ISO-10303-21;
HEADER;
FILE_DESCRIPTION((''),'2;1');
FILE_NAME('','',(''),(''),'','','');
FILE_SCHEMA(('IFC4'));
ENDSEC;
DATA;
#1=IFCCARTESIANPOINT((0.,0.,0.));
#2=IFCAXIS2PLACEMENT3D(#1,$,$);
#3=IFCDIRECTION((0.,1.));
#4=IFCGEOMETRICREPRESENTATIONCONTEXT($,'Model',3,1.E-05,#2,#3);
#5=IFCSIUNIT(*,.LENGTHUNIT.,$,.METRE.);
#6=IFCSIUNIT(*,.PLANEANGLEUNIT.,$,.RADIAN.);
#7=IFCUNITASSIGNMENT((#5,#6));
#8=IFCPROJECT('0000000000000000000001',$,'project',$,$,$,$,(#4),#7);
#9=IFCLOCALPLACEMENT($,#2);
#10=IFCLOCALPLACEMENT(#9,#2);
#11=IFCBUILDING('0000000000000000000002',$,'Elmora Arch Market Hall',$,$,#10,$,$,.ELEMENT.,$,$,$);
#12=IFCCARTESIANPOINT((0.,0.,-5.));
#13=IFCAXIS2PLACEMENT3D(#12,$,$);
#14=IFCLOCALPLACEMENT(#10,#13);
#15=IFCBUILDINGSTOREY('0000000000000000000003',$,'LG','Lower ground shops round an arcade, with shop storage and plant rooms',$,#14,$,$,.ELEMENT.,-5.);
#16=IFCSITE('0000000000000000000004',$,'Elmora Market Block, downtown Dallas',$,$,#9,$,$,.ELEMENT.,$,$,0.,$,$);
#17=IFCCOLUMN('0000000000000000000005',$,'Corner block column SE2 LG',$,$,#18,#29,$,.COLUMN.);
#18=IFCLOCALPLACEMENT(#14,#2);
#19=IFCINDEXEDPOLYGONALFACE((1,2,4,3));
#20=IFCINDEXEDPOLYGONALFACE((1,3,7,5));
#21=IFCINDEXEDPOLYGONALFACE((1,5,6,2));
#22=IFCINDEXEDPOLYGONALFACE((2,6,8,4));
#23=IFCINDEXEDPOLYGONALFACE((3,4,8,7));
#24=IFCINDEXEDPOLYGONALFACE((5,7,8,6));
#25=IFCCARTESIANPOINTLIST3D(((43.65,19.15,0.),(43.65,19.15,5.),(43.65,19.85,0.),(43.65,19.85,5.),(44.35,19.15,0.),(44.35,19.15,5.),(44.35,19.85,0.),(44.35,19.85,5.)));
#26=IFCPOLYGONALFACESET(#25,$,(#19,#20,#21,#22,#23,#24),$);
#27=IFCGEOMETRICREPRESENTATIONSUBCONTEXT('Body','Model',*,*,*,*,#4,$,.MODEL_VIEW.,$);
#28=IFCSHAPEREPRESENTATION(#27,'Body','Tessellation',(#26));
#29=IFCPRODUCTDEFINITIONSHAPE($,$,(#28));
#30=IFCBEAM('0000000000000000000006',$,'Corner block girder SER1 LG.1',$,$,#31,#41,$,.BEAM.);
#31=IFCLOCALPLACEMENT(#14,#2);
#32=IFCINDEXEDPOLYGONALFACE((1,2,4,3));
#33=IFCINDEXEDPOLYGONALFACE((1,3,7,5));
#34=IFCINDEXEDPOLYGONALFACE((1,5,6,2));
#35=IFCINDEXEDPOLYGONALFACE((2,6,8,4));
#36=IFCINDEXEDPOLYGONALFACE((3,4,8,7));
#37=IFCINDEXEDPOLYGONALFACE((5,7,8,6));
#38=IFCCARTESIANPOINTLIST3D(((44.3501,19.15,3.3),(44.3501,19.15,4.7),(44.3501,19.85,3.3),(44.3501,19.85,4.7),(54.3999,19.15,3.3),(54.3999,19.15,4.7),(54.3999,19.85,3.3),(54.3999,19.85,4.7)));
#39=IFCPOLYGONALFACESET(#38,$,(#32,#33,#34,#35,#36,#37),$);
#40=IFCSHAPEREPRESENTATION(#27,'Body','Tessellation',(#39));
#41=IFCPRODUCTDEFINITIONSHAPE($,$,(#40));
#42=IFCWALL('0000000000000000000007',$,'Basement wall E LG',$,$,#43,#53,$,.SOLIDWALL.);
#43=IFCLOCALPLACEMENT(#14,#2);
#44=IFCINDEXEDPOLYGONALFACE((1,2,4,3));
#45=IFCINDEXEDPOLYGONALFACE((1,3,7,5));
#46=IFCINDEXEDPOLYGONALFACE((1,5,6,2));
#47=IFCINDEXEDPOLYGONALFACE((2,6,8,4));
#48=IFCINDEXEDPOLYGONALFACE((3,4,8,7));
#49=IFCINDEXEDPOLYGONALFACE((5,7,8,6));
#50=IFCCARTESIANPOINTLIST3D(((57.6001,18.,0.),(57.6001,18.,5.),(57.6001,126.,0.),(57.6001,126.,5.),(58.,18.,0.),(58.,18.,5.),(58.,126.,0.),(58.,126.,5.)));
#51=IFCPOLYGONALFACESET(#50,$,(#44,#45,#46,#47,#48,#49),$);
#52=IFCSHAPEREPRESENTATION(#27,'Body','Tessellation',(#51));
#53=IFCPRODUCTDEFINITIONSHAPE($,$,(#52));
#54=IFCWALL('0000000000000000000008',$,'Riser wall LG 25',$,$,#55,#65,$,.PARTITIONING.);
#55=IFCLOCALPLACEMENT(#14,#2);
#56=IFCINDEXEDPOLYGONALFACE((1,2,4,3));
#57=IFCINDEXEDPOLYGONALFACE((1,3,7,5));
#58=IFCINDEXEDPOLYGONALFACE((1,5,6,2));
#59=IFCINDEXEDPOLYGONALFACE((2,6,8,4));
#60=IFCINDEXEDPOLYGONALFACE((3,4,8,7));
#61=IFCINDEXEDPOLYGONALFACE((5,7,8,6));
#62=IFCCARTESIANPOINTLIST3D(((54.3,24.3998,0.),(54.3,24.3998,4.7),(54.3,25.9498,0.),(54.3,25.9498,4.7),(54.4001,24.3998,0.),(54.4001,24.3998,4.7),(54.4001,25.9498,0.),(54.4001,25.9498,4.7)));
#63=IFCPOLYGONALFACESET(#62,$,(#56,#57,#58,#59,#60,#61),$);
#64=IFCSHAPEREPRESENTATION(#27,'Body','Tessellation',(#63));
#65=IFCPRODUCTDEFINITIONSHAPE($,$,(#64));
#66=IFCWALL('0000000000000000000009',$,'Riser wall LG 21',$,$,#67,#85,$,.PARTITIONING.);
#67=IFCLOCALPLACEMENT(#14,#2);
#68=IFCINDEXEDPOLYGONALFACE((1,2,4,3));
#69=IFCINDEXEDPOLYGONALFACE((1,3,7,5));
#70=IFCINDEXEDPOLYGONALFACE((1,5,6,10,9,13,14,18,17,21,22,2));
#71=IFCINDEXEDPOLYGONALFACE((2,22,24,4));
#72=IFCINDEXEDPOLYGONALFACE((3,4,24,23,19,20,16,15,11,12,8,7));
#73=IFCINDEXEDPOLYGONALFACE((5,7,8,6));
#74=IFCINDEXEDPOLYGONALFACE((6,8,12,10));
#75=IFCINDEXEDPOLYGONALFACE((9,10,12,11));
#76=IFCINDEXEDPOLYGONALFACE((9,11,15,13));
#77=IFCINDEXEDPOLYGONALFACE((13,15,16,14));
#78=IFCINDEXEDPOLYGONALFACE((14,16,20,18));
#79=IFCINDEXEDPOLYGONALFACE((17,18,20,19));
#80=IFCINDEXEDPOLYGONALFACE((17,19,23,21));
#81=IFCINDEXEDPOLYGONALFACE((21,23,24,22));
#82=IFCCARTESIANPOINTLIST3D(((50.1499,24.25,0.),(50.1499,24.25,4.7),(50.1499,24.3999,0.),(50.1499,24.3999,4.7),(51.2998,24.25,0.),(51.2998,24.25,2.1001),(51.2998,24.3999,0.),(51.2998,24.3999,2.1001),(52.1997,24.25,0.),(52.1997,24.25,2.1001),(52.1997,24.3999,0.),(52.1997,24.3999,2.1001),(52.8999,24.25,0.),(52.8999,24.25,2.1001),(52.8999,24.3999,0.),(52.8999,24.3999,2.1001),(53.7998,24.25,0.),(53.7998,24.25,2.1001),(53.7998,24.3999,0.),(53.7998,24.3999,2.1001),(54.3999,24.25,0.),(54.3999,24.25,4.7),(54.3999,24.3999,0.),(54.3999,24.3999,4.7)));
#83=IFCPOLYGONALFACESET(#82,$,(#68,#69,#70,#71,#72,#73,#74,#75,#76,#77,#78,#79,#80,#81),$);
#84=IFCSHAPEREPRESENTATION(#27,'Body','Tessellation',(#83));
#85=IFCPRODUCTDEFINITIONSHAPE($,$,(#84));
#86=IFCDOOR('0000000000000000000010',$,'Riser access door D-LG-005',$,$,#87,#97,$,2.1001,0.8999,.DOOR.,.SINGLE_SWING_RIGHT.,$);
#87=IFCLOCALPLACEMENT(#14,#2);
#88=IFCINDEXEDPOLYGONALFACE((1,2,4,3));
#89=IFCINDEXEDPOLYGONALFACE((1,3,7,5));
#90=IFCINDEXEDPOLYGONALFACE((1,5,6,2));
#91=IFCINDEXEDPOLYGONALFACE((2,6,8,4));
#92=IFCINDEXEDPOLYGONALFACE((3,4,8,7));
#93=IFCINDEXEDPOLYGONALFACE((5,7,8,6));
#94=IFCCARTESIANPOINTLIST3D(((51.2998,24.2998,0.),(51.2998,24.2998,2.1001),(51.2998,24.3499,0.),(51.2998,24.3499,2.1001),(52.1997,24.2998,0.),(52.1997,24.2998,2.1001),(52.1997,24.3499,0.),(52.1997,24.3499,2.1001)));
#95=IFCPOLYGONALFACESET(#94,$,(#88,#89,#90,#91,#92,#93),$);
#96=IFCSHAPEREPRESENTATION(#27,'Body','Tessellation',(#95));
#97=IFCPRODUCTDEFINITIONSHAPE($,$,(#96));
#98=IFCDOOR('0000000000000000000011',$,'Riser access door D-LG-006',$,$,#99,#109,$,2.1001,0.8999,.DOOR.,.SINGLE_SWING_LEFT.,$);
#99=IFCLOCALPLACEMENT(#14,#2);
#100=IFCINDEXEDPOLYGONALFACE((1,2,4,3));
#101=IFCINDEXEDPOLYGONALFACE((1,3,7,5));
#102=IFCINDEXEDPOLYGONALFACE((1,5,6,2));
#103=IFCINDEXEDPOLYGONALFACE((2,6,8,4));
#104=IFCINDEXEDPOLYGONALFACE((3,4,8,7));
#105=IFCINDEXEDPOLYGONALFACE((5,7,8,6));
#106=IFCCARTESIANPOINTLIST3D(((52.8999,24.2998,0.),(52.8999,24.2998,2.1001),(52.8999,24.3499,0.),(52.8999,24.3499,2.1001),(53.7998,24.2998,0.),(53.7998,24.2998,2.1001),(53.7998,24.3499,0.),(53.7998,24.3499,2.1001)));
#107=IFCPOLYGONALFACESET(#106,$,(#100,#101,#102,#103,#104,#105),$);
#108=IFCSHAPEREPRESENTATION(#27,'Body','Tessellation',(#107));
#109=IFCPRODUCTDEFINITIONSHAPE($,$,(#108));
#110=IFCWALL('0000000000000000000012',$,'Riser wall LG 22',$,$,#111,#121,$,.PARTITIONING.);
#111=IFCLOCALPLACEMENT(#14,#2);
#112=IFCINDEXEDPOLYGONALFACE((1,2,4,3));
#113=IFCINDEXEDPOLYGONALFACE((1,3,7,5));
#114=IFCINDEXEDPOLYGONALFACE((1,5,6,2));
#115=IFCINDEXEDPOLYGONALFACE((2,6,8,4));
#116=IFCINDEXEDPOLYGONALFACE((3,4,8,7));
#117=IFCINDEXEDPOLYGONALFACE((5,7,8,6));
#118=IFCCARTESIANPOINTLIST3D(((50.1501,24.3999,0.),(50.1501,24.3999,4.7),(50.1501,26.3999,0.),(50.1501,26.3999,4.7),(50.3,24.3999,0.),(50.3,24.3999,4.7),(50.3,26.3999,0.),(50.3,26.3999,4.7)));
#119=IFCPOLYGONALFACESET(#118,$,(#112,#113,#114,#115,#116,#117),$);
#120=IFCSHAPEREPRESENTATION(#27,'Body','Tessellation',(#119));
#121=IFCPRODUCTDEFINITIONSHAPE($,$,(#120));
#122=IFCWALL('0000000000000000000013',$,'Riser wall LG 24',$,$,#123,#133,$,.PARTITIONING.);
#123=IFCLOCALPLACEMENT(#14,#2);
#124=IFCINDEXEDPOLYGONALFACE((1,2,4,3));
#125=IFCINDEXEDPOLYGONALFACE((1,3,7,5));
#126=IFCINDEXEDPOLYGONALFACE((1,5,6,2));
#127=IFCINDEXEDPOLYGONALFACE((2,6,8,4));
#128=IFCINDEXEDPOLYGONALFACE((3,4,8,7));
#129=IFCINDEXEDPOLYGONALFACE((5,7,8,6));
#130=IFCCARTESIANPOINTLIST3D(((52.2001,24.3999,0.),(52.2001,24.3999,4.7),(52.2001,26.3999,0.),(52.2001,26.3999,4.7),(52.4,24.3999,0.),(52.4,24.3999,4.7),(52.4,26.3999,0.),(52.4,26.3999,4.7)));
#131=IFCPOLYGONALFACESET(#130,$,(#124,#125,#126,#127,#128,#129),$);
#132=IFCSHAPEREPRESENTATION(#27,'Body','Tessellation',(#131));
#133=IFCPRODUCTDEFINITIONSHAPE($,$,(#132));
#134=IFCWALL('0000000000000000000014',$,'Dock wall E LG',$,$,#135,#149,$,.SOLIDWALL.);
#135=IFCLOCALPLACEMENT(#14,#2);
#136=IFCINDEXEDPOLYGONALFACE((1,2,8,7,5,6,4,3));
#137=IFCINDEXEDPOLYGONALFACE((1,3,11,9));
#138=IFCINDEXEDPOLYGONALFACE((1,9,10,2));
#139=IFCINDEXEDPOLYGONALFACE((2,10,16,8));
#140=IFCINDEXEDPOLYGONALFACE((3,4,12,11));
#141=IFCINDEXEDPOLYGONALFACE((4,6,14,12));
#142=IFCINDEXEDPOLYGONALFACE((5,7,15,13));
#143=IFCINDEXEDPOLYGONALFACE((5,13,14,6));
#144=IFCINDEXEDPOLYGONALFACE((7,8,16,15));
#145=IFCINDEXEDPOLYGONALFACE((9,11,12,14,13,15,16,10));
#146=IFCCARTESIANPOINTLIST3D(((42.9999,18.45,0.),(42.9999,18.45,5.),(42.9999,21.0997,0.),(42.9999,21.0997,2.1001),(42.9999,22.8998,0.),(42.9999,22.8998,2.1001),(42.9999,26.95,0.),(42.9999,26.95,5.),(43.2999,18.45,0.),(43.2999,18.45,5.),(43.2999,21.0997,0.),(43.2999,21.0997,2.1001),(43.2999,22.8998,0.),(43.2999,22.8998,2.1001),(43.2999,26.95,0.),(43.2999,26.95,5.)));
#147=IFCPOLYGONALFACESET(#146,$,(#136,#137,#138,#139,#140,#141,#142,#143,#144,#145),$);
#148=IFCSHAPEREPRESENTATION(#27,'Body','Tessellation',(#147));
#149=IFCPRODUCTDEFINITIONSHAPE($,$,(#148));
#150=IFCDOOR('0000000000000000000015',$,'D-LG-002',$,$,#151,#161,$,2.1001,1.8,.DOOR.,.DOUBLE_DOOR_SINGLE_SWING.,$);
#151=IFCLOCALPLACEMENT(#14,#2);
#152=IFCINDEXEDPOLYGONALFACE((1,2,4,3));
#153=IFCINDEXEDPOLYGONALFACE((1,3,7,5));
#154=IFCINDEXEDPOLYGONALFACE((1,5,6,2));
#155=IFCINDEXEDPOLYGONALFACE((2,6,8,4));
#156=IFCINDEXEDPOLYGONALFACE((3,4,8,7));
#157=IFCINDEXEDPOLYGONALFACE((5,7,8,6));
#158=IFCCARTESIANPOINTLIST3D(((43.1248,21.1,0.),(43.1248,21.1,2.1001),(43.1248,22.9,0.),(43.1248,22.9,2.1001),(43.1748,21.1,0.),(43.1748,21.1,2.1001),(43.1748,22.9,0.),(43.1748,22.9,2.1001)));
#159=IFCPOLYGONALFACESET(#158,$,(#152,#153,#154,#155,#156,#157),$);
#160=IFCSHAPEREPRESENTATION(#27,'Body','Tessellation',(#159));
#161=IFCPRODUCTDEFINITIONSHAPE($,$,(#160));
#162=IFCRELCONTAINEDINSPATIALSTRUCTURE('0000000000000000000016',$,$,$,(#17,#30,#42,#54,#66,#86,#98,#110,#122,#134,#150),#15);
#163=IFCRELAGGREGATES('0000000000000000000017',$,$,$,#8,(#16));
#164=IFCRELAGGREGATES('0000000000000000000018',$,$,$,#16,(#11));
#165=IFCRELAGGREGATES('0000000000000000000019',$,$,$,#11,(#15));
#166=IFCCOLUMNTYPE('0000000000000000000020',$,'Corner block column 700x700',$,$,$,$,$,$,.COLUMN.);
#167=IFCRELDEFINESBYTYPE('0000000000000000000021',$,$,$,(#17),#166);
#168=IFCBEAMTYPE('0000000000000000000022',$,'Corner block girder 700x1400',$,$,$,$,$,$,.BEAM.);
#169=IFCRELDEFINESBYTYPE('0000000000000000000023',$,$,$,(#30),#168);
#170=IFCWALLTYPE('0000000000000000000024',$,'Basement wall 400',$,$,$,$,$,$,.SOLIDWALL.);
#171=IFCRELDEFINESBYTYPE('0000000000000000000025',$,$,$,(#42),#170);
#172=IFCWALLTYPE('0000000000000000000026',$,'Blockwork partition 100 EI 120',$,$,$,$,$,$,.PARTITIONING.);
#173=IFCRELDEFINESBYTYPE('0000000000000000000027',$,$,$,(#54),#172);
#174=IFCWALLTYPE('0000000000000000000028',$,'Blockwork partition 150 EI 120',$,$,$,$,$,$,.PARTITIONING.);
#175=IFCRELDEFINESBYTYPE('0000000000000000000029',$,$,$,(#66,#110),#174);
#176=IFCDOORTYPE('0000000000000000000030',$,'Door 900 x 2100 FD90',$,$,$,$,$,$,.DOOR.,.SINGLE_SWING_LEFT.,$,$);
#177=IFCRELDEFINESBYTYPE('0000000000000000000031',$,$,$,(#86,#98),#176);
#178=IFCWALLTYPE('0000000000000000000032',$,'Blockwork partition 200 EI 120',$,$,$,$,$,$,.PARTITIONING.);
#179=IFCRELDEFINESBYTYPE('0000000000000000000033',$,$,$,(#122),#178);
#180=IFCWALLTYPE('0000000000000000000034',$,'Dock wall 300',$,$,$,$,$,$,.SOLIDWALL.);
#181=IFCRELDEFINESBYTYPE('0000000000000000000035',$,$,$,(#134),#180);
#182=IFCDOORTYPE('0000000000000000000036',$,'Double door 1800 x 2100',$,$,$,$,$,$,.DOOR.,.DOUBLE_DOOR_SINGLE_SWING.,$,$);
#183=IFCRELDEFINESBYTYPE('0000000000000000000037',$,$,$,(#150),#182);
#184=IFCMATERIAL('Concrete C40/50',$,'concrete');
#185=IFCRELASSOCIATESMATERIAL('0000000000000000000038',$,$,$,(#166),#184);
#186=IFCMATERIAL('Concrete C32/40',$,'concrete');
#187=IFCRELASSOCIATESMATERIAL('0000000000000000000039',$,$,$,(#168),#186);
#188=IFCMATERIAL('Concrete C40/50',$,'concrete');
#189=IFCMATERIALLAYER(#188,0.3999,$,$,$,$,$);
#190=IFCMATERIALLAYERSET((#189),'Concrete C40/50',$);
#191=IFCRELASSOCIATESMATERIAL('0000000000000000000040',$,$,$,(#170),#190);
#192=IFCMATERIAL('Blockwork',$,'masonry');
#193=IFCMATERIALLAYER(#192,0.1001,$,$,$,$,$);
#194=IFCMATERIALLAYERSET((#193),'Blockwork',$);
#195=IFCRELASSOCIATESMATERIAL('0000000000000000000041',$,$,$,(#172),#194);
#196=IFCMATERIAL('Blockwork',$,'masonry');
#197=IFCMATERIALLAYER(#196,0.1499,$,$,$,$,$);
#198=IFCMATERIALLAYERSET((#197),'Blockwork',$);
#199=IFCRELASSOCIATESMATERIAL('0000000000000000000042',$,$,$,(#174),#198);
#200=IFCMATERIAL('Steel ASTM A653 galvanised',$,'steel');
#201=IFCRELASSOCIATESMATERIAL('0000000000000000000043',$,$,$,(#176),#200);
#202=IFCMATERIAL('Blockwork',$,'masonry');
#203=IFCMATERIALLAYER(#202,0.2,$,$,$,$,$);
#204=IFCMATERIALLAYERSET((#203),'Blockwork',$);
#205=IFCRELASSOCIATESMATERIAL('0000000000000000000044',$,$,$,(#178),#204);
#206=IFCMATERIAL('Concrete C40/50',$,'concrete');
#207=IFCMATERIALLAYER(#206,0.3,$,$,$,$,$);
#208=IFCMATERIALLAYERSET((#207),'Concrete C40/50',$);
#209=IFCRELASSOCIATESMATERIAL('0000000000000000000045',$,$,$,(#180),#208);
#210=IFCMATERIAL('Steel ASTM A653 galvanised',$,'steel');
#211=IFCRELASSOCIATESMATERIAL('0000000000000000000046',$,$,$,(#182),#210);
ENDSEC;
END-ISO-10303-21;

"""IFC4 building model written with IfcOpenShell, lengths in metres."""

from ifc_helpers import new_model, si_unit, direction, frame, frame_2d, origin, origin_2d, place, context, subcontext, project, spatial, rectangle, extrude, material, layer, layer_set, material_profile, profile_set, type_object, element, fill, save


model = new_model("IFC4")

# Units and contexts
model_context = context("Model", 3, precision=1e-05, world=origin(), true_north=direction((0.0, 1.0)))
body_context = subcontext(model_context, "Body", "Model", "MODEL_VIEW")
ifc_project = project(units=[si_unit("LENGTHUNIT", "METRE"), si_unit("PLANEANGLEUNIT", "RADIAN")], contexts=[model_context])

# Site, building, storey
site_placement = place(None, origin())
site = spatial("IfcSite", under=ifc_project, at=site_placement, Name="Elmora Market Block, downtown Dallas", CompositionType="ELEMENT", RefElevation=0.0)
building_placement = place(site_placement, origin())
building = spatial("IfcBuilding", under=site, at=building_placement, Name="Elmora Arch Market Hall", CompositionType="ELEMENT")
storey_placement = place(building_placement, frame((0.0, 0.0, -5.0)))
storey = spatial("IfcBuildingStorey", under=building, at=storey_placement, Name="LG", Description="Lower ground shops round an arcade, with shop storage and plant rooms", CompositionType="ELEMENT", Elevation=-5.0)

# Column
ifc_material_1 = material(Name="Concrete C40/50", Category="concrete")
ifc_material_profile_1 = material_profile(ifc_material_1, rectangle(XDim=0.7, YDim=0.7, at=origin_2d()), Name="Corner block column 700x700")
ifc_profile_set_1 = profile_set([ifc_material_profile_1], Name="Concrete C40/50")
column_type = type_object("IfcColumnType", Name="Corner block column 700x700", PredefinedType="COLUMN", material=ifc_profile_set_1)
column_placement = place(storey_placement, frame((44.0, 19.5, 0.0), z_axis=(0.0, 0.0, 1.0), x_axis=(1.0, 0.0, 0.0)))
element("IfcColumn", 1, at=column_placement, inside=storey, type_object=column_type, Name="Corner block column SE2 LG", PredefinedType="COLUMN", context=body_context, shape_type="SweptSolid", body=[
    extrude(rectangle(XDim=0.7, YDim=0.7, at=origin_2d()), origin(), (0.0, 0.0, 1.0), 5.0),
])

# Beam
ifc_material_2 = material(Name="Concrete C32/40", Category="concrete")
ifc_material_profile_2 = material_profile(ifc_material_2, rectangle(XDim=0.7, YDim=1.3999, at=origin_2d()), Name="Corner block girder 700x1400")
ifc_profile_set_2 = profile_set([ifc_material_profile_2], Name="Concrete C32/40")
beam_type = type_object("IfcBeamType", Name="Corner block girder 700x1400", PredefinedType="BEAM", material=ifc_profile_set_2)
beam_placement = place(storey_placement, frame((44.3501, 19.5, 4.0), z_axis=(1.0, 0.0, 0.0), x_axis=(0.0, 1.0, 0.0)))
element("IfcBeam", 2, at=beam_placement, inside=storey, type_object=beam_type, Name="Corner block girder SER1 LG.1", PredefinedType="BEAM", context=body_context, shape_type="SweptSolid", body=[
    extrude(rectangle(XDim=0.7, YDim=1.3999, at=origin_2d()), origin(), (0.0, 0.0, 1.0), 10.0498),
])

# Walls
ifc_material_3 = material(Name="Concrete C40/50", Category="concrete")
ifc_layer_1 = layer(ifc_material_3, 0.3999)
ifc_layer_set_1 = layer_set([ifc_layer_1], Name="Concrete C40/50")
wall_type_1 = type_object("IfcWallType", Name="Basement wall 400", PredefinedType="SOLIDWALL", material=ifc_layer_set_1)
wall_1_placement = place(storey_placement, frame((57.8, 18.0, 0.0), z_axis=(0.0, 0.0, 1.0), x_axis=(0.0, 1.0, 0.0)))
element("IfcWall", 3, at=wall_1_placement, inside=storey, type_object=wall_type_1, Name="Basement wall E LG", PredefinedType="SOLIDWALL", context=body_context, shape_type="SweptSolid", body=[
    extrude(rectangle(XDim=108.0, YDim=0.3999, at=frame_2d((54.0, 0.0))), origin(), (0.0, 0.0, 1.0), 5.0),
])
ifc_material_4 = material(Name="Blockwork", Category="masonry")
ifc_layer_2 = layer(ifc_material_4, 0.1001)
ifc_layer_set_2 = layer_set([ifc_layer_2], Name="Blockwork")
wall_type_2 = type_object("IfcWallType", Name="Blockwork partition 100 EI 120", PredefinedType="PARTITIONING", material=ifc_layer_set_2)
wall_2_placement = place(storey_placement, frame((54.3501, 24.3999, 0.0), z_axis=(0.0, 0.0, 1.0), x_axis=(0.0, 1.0, 0.0)))
element("IfcWall", 4, at=wall_2_placement, inside=storey, type_object=wall_type_2, Name="Riser wall LG 25", PredefinedType="PARTITIONING", context=body_context, shape_type="SweptSolid", body=[
    extrude(rectangle(XDim=1.55, YDim=0.1001, at=frame_2d((0.7749, 0.0))), origin(), (0.0, 0.0, 1.0), 4.7),
])

# Wall, openings, doors
ifc_material_5 = material(Name="Blockwork", Category="masonry")
ifc_layer_3 = layer(ifc_material_5, 0.1499)
ifc_layer_set_3 = layer_set([ifc_layer_3], Name="Blockwork")
wall_type_3 = type_object("IfcWallType", Name="Blockwork partition 150 EI 120", PredefinedType="PARTITIONING", material=ifc_layer_set_3)
wall_3_placement = place(storey_placement, frame((50.1499, 24.325, 0.0), z_axis=(0.0, 0.0, 1.0), x_axis=(1.0, 0.0, 0.0)))
wall_3 = element("IfcWall", 5, at=wall_3_placement, inside=storey, type_object=wall_type_3, Name="Riser wall LG 21", PredefinedType="PARTITIONING", context=body_context, shape_type="SweptSolid", body=[
    extrude(rectangle(XDim=4.25, YDim=0.1499, at=frame_2d((2.125, 0.0))), origin(), (0.0, 0.0, 1.0), 4.7),
])
opening_1_placement = place(wall_3_placement, frame((1.1499, 0.0, 0.0)))
opening_1 = element("IfcOpeningElement", 6, at=opening_1_placement, cuts=wall_3, PredefinedType="OPENING", context=body_context, shape_type="SweptSolid", body=[
    extrude(rectangle(XDim=0.8999, YDim=2.1001, at=frame_2d((0.45, 1.05))), frame((0.0, 0.085, 0.0), z_axis=(0.0, -1.0, 0.0), x_axis=(1.0, 0.0, 0.0)), (0.0, 0.0, 1.0), 0.1699),
])
opening_2_placement = place(wall_3_placement, frame((2.75, 0.0, 0.0)))
opening_2 = element("IfcOpeningElement", 7, at=opening_2_placement, cuts=wall_3, PredefinedType="OPENING", context=body_context, shape_type="SweptSolid", body=[
    extrude(rectangle(XDim=0.8999, YDim=2.1001, at=frame_2d((0.45, 1.05))), frame((0.0, 0.085, 0.0), z_axis=(0.0, -1.0, 0.0), x_axis=(1.0, 0.0, 0.0)), (0.0, 0.0, 1.0), 0.1699),
])
ifc_material_6 = material(Name="Steel ASTM A653 galvanised", Category="steel")
door_type_1 = type_object("IfcDoorType", Name="Door 900 x 2100 FD90", OperationType="SINGLE_SWING_LEFT", PredefinedType="DOOR", material=ifc_material_6)
door_1_placement = place(opening_1_placement, origin())
door_1 = element("IfcDoor", 8, at=door_1_placement, inside=storey, type_object=door_type_1, Name="Riser access door D-LG-005", OperationType="SINGLE_SWING_RIGHT", OverallHeight=2.1001, OverallWidth=0.8999, PredefinedType="DOOR", context=body_context, shape_type="SweptSolid", body=[
    extrude(rectangle(XDim=0.8999, YDim=2.1001, at=frame_2d((0.45, 1.05))), frame((0.0, 0.0249, 0.0), z_axis=(0.0, -1.0, 0.0), x_axis=(1.0, 0.0, 0.0)), (0.0, 0.0, 1.0), 0.05),
])
fill(opening_1, door_1)
door_2_placement = place(opening_2_placement, origin())
door_2 = element("IfcDoor", 9, at=door_2_placement, inside=storey, type_object=door_type_1, Name="Riser access door D-LG-006", OperationType="SINGLE_SWING_LEFT", OverallHeight=2.1001, OverallWidth=0.8999, PredefinedType="DOOR", context=body_context, shape_type="SweptSolid", body=[
    extrude(rectangle(XDim=0.8999, YDim=2.1001, at=frame_2d((0.45, 1.05))), frame((0.0, 0.0249, 0.0), z_axis=(0.0, -1.0, 0.0), x_axis=(1.0, 0.0, 0.0)), (0.0, 0.0, 1.0), 0.05),
])
fill(opening_2, door_2)

# Walls
wall_4_placement = place(storey_placement, frame((50.2251, 24.3999, 0.0), z_axis=(0.0, 0.0, 1.0), x_axis=(0.0, 1.0, 0.0)))
element("IfcWall", 10, at=wall_4_placement, inside=storey, type_object=wall_type_3, Name="Riser wall LG 22", PredefinedType="PARTITIONING", context=body_context, shape_type="SweptSolid", body=[
    extrude(rectangle(XDim=2.0, YDim=0.1499, at=frame_2d((1.0, 0.0))), origin(), (0.0, 0.0, 1.0), 4.7),
])
ifc_material_7 = material(Name="Blockwork", Category="masonry")
ifc_layer_4 = layer(ifc_material_7, 0.2)
ifc_layer_set_4 = layer_set([ifc_layer_4], Name="Blockwork")
wall_type_4 = type_object("IfcWallType", Name="Blockwork partition 200 EI 120", PredefinedType="PARTITIONING", material=ifc_layer_set_4)
wall_5_placement = place(storey_placement, frame((52.3, 24.3999, 0.0), z_axis=(0.0, 0.0, 1.0), x_axis=(0.0, 1.0, 0.0)))
element("IfcWall", 11, at=wall_5_placement, inside=storey, type_object=wall_type_4, Name="Riser wall LG 24", PredefinedType="PARTITIONING", context=body_context, shape_type="SweptSolid", body=[
    extrude(rectangle(XDim=2.0, YDim=0.2, at=frame_2d((1.0, 0.0))), origin(), (0.0, 0.0, 1.0), 4.7),
])

# Wall, opening, door
ifc_material_8 = material(Name="Concrete C40/50", Category="concrete")
ifc_layer_5 = layer(ifc_material_8, 0.3)
ifc_layer_set_5 = layer_set([ifc_layer_5], Name="Concrete C40/50")
wall_type_5 = type_object("IfcWallType", Name="Dock wall 300", PredefinedType="SOLIDWALL", material=ifc_layer_set_5)
wall_6_placement = place(storey_placement, frame((43.1499, 18.45, 0.0), z_axis=(0.0, 0.0, 1.0), x_axis=(0.0, 1.0, 0.0)))
wall_6 = element("IfcWall", 12, at=wall_6_placement, inside=storey, type_object=wall_type_5, Name="Dock wall E LG", PredefinedType="SOLIDWALL", context=body_context, shape_type="SweptSolid", body=[
    extrude(rectangle(XDim=8.5, YDim=0.3, at=frame_2d((4.25, 0.0))), origin(), (0.0, 0.0, 1.0), 5.0),
])
opening_3_placement = place(wall_6_placement, frame((2.6499, 0.0, 0.0)))
opening_3 = element("IfcOpeningElement", 13, at=opening_3_placement, cuts=wall_6, PredefinedType="OPENING", context=body_context, shape_type="SweptSolid", body=[
    extrude(rectangle(XDim=1.8, YDim=2.1001, at=frame_2d((0.8999, 1.05))), frame((0.0, 0.1599, 0.0), z_axis=(0.0, -1.0, 0.0), x_axis=(1.0, 0.0, 0.0)), (0.0, 0.0, 1.0), 0.3201),
])
ifc_material_9 = material(Name="Steel ASTM A653 galvanised", Category="steel")
door_type_2 = type_object("IfcDoorType", Name="Double door 1800 x 2100", OperationType="DOUBLE_DOOR_SINGLE_SWING", PredefinedType="DOOR", material=ifc_material_9)
door_3_placement = place(opening_3_placement, frame((1.8, 0.0, 0.0), z_axis=(0.0, 0.0, 1.0), x_axis=(-1.0, 0.0, 0.0)))
door_3 = element("IfcDoor", 14, at=door_3_placement, inside=storey, type_object=door_type_2, Name="D-LG-002", OperationType="DOUBLE_DOOR_SINGLE_SWING", OverallHeight=2.1001, OverallWidth=1.8, PredefinedType="DOOR", context=body_context, shape_type="SweptSolid", body=[
    extrude(rectangle(XDim=1.8, YDim=2.1001, at=frame_2d((0.8999, 1.05))), frame((0.0, 0.0249, 0.0), z_axis=(0.0, -1.0, 0.0), x_axis=(1.0, 0.0, 0.0)), (0.0, 0.0, 1.0), 0.05),
])
fill(opening_3, door_3)

save(model, "model.ifc")
